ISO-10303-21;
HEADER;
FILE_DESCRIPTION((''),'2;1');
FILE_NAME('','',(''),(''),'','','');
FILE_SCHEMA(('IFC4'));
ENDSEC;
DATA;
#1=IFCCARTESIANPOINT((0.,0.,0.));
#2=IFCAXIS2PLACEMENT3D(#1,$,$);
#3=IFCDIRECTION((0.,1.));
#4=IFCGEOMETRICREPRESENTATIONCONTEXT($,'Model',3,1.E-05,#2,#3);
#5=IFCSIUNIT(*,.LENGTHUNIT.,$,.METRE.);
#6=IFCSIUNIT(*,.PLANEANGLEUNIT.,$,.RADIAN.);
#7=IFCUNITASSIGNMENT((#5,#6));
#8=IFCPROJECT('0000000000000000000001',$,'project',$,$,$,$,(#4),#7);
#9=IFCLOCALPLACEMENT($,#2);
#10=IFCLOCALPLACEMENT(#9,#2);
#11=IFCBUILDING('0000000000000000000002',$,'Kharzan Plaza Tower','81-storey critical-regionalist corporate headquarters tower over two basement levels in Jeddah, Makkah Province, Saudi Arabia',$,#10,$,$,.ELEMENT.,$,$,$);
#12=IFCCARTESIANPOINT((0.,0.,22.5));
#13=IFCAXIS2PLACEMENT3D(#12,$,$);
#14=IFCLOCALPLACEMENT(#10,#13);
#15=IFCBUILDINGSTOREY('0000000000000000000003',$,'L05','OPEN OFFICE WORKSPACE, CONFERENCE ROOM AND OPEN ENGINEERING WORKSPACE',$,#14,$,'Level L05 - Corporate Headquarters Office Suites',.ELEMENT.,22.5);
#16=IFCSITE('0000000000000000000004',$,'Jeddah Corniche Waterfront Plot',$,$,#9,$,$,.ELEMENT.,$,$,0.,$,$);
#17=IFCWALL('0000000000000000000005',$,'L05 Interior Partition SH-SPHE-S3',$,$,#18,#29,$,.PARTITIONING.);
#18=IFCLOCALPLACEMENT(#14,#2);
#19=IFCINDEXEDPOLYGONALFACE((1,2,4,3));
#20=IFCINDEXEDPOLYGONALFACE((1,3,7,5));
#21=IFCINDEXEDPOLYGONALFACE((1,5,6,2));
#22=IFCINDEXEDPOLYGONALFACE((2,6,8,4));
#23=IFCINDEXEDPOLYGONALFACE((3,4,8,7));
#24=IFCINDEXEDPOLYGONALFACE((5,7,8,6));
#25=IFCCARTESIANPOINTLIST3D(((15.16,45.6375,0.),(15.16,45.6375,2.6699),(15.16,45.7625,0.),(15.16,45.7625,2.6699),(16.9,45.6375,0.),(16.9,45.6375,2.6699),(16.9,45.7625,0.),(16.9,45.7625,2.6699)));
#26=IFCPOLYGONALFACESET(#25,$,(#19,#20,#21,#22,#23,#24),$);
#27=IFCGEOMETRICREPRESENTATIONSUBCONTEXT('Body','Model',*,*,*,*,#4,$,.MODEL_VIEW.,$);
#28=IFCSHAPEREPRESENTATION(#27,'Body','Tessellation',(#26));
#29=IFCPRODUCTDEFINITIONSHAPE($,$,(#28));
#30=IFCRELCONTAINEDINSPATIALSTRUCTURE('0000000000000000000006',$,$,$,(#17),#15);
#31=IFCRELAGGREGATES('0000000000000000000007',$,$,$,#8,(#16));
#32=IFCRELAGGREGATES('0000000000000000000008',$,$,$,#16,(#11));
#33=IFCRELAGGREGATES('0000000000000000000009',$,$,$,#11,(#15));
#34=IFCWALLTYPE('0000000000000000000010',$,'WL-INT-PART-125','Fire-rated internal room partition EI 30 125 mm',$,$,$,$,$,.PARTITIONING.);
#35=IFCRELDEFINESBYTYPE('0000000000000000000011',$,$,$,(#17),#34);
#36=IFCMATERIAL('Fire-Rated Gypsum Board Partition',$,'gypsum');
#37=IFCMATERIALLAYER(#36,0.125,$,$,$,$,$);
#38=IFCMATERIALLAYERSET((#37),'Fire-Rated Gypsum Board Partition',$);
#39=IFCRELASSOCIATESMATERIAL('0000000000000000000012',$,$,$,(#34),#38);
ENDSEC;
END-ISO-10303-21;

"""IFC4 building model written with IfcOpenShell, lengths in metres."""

from ifc_helpers import new_model, si_unit, direction, frame, frame_2d, origin, place, context, subcontext, project, spatial, rectangle, extrude, source, transform, mapped, material, layer, layer_set, type_object, element, save


model = new_model("IFC4")

# Units and contexts
model_context = context("Model", 3, precision=1e-05, world=origin(), true_north=direction((0.0, 1.0)))
body_context = subcontext(model_context, "Body", "Model", "MODEL_VIEW")
ifc_project = project(units=[si_unit("LENGTHUNIT", "METRE"), si_unit("PLANEANGLEUNIT", "RADIAN")], contexts=[model_context])

# Site, building, storey
site_placement = place(None, origin())
site = spatial("IfcSite", under=ifc_project, at=site_placement, Name="Jeddah Corniche Waterfront Plot", CompositionType="ELEMENT", RefElevation=0.0)
building_placement = place(site_placement, origin())
building = spatial("IfcBuilding", under=site, at=building_placement, Name="Kharzan Plaza Tower", Description="81-storey critical-regionalist corporate headquarters tower over two basement levels in Jeddah, Makkah Province, Saudi Arabia", CompositionType="ELEMENT")
storey_placement = place(building_placement, frame((0.0, 0.0, 22.5)))
storey = spatial("IfcBuildingStorey", under=building, at=storey_placement, Name="L05", Description="OPEN OFFICE WORKSPACE, CONFERENCE ROOM AND OPEN ENGINEERING WORKSPACE", LongName="Level L05 - Corporate Headquarters Office Suites", CompositionType="ELEMENT", Elevation=22.5)

# Wall
ifc_material_1 = material(Name="Fire-Rated Gypsum Board Partition", Category="gypsum")
ifc_layer_1 = layer(ifc_material_1, 0.125)
ifc_layer_set_1 = layer_set([ifc_layer_1], Name="Fire-Rated Gypsum Board Partition")
wall_type_1 = type_object("IfcWallType", Name="WL-INT-PART-125", Description="Fire-rated internal room partition EI 30 125 mm", PredefinedType="PARTITIONING", material=ifc_layer_set_1)
shared_shape_1 = source(origin(), body_context, "Body", "SweptSolid", [
    extrude(rectangle(XDim=1.74, YDim=0.125, at=frame_2d((0.8701, 0.0))), origin(), (0.0, 0.0, 1.0), 2.6699),
])
wall_1_placement = place(storey_placement, frame((15.1599, 45.7, 0.0), z_axis=(0.0, 0.0, 1.0), x_axis=(1.0, 0.0, 0.0)))
element("IfcWall", 1, at=wall_1_placement, inside=storey, type_object=wall_type_1, Name="L05 Interior Partition SH-SPHE-S3", PredefinedType="PARTITIONING", context=body_context, shape_type="MappedRepresentation", body=[
    mapped(shared_shape_1, transform((0.0, 0.0, 0.0), x_axis=(1.0, 0.0, 0.0), y_axis=(0.0, 1.0, 0.0), z_axis=(0.0, 0.0, 1.0))),
])

save(model, "model.ifc")
